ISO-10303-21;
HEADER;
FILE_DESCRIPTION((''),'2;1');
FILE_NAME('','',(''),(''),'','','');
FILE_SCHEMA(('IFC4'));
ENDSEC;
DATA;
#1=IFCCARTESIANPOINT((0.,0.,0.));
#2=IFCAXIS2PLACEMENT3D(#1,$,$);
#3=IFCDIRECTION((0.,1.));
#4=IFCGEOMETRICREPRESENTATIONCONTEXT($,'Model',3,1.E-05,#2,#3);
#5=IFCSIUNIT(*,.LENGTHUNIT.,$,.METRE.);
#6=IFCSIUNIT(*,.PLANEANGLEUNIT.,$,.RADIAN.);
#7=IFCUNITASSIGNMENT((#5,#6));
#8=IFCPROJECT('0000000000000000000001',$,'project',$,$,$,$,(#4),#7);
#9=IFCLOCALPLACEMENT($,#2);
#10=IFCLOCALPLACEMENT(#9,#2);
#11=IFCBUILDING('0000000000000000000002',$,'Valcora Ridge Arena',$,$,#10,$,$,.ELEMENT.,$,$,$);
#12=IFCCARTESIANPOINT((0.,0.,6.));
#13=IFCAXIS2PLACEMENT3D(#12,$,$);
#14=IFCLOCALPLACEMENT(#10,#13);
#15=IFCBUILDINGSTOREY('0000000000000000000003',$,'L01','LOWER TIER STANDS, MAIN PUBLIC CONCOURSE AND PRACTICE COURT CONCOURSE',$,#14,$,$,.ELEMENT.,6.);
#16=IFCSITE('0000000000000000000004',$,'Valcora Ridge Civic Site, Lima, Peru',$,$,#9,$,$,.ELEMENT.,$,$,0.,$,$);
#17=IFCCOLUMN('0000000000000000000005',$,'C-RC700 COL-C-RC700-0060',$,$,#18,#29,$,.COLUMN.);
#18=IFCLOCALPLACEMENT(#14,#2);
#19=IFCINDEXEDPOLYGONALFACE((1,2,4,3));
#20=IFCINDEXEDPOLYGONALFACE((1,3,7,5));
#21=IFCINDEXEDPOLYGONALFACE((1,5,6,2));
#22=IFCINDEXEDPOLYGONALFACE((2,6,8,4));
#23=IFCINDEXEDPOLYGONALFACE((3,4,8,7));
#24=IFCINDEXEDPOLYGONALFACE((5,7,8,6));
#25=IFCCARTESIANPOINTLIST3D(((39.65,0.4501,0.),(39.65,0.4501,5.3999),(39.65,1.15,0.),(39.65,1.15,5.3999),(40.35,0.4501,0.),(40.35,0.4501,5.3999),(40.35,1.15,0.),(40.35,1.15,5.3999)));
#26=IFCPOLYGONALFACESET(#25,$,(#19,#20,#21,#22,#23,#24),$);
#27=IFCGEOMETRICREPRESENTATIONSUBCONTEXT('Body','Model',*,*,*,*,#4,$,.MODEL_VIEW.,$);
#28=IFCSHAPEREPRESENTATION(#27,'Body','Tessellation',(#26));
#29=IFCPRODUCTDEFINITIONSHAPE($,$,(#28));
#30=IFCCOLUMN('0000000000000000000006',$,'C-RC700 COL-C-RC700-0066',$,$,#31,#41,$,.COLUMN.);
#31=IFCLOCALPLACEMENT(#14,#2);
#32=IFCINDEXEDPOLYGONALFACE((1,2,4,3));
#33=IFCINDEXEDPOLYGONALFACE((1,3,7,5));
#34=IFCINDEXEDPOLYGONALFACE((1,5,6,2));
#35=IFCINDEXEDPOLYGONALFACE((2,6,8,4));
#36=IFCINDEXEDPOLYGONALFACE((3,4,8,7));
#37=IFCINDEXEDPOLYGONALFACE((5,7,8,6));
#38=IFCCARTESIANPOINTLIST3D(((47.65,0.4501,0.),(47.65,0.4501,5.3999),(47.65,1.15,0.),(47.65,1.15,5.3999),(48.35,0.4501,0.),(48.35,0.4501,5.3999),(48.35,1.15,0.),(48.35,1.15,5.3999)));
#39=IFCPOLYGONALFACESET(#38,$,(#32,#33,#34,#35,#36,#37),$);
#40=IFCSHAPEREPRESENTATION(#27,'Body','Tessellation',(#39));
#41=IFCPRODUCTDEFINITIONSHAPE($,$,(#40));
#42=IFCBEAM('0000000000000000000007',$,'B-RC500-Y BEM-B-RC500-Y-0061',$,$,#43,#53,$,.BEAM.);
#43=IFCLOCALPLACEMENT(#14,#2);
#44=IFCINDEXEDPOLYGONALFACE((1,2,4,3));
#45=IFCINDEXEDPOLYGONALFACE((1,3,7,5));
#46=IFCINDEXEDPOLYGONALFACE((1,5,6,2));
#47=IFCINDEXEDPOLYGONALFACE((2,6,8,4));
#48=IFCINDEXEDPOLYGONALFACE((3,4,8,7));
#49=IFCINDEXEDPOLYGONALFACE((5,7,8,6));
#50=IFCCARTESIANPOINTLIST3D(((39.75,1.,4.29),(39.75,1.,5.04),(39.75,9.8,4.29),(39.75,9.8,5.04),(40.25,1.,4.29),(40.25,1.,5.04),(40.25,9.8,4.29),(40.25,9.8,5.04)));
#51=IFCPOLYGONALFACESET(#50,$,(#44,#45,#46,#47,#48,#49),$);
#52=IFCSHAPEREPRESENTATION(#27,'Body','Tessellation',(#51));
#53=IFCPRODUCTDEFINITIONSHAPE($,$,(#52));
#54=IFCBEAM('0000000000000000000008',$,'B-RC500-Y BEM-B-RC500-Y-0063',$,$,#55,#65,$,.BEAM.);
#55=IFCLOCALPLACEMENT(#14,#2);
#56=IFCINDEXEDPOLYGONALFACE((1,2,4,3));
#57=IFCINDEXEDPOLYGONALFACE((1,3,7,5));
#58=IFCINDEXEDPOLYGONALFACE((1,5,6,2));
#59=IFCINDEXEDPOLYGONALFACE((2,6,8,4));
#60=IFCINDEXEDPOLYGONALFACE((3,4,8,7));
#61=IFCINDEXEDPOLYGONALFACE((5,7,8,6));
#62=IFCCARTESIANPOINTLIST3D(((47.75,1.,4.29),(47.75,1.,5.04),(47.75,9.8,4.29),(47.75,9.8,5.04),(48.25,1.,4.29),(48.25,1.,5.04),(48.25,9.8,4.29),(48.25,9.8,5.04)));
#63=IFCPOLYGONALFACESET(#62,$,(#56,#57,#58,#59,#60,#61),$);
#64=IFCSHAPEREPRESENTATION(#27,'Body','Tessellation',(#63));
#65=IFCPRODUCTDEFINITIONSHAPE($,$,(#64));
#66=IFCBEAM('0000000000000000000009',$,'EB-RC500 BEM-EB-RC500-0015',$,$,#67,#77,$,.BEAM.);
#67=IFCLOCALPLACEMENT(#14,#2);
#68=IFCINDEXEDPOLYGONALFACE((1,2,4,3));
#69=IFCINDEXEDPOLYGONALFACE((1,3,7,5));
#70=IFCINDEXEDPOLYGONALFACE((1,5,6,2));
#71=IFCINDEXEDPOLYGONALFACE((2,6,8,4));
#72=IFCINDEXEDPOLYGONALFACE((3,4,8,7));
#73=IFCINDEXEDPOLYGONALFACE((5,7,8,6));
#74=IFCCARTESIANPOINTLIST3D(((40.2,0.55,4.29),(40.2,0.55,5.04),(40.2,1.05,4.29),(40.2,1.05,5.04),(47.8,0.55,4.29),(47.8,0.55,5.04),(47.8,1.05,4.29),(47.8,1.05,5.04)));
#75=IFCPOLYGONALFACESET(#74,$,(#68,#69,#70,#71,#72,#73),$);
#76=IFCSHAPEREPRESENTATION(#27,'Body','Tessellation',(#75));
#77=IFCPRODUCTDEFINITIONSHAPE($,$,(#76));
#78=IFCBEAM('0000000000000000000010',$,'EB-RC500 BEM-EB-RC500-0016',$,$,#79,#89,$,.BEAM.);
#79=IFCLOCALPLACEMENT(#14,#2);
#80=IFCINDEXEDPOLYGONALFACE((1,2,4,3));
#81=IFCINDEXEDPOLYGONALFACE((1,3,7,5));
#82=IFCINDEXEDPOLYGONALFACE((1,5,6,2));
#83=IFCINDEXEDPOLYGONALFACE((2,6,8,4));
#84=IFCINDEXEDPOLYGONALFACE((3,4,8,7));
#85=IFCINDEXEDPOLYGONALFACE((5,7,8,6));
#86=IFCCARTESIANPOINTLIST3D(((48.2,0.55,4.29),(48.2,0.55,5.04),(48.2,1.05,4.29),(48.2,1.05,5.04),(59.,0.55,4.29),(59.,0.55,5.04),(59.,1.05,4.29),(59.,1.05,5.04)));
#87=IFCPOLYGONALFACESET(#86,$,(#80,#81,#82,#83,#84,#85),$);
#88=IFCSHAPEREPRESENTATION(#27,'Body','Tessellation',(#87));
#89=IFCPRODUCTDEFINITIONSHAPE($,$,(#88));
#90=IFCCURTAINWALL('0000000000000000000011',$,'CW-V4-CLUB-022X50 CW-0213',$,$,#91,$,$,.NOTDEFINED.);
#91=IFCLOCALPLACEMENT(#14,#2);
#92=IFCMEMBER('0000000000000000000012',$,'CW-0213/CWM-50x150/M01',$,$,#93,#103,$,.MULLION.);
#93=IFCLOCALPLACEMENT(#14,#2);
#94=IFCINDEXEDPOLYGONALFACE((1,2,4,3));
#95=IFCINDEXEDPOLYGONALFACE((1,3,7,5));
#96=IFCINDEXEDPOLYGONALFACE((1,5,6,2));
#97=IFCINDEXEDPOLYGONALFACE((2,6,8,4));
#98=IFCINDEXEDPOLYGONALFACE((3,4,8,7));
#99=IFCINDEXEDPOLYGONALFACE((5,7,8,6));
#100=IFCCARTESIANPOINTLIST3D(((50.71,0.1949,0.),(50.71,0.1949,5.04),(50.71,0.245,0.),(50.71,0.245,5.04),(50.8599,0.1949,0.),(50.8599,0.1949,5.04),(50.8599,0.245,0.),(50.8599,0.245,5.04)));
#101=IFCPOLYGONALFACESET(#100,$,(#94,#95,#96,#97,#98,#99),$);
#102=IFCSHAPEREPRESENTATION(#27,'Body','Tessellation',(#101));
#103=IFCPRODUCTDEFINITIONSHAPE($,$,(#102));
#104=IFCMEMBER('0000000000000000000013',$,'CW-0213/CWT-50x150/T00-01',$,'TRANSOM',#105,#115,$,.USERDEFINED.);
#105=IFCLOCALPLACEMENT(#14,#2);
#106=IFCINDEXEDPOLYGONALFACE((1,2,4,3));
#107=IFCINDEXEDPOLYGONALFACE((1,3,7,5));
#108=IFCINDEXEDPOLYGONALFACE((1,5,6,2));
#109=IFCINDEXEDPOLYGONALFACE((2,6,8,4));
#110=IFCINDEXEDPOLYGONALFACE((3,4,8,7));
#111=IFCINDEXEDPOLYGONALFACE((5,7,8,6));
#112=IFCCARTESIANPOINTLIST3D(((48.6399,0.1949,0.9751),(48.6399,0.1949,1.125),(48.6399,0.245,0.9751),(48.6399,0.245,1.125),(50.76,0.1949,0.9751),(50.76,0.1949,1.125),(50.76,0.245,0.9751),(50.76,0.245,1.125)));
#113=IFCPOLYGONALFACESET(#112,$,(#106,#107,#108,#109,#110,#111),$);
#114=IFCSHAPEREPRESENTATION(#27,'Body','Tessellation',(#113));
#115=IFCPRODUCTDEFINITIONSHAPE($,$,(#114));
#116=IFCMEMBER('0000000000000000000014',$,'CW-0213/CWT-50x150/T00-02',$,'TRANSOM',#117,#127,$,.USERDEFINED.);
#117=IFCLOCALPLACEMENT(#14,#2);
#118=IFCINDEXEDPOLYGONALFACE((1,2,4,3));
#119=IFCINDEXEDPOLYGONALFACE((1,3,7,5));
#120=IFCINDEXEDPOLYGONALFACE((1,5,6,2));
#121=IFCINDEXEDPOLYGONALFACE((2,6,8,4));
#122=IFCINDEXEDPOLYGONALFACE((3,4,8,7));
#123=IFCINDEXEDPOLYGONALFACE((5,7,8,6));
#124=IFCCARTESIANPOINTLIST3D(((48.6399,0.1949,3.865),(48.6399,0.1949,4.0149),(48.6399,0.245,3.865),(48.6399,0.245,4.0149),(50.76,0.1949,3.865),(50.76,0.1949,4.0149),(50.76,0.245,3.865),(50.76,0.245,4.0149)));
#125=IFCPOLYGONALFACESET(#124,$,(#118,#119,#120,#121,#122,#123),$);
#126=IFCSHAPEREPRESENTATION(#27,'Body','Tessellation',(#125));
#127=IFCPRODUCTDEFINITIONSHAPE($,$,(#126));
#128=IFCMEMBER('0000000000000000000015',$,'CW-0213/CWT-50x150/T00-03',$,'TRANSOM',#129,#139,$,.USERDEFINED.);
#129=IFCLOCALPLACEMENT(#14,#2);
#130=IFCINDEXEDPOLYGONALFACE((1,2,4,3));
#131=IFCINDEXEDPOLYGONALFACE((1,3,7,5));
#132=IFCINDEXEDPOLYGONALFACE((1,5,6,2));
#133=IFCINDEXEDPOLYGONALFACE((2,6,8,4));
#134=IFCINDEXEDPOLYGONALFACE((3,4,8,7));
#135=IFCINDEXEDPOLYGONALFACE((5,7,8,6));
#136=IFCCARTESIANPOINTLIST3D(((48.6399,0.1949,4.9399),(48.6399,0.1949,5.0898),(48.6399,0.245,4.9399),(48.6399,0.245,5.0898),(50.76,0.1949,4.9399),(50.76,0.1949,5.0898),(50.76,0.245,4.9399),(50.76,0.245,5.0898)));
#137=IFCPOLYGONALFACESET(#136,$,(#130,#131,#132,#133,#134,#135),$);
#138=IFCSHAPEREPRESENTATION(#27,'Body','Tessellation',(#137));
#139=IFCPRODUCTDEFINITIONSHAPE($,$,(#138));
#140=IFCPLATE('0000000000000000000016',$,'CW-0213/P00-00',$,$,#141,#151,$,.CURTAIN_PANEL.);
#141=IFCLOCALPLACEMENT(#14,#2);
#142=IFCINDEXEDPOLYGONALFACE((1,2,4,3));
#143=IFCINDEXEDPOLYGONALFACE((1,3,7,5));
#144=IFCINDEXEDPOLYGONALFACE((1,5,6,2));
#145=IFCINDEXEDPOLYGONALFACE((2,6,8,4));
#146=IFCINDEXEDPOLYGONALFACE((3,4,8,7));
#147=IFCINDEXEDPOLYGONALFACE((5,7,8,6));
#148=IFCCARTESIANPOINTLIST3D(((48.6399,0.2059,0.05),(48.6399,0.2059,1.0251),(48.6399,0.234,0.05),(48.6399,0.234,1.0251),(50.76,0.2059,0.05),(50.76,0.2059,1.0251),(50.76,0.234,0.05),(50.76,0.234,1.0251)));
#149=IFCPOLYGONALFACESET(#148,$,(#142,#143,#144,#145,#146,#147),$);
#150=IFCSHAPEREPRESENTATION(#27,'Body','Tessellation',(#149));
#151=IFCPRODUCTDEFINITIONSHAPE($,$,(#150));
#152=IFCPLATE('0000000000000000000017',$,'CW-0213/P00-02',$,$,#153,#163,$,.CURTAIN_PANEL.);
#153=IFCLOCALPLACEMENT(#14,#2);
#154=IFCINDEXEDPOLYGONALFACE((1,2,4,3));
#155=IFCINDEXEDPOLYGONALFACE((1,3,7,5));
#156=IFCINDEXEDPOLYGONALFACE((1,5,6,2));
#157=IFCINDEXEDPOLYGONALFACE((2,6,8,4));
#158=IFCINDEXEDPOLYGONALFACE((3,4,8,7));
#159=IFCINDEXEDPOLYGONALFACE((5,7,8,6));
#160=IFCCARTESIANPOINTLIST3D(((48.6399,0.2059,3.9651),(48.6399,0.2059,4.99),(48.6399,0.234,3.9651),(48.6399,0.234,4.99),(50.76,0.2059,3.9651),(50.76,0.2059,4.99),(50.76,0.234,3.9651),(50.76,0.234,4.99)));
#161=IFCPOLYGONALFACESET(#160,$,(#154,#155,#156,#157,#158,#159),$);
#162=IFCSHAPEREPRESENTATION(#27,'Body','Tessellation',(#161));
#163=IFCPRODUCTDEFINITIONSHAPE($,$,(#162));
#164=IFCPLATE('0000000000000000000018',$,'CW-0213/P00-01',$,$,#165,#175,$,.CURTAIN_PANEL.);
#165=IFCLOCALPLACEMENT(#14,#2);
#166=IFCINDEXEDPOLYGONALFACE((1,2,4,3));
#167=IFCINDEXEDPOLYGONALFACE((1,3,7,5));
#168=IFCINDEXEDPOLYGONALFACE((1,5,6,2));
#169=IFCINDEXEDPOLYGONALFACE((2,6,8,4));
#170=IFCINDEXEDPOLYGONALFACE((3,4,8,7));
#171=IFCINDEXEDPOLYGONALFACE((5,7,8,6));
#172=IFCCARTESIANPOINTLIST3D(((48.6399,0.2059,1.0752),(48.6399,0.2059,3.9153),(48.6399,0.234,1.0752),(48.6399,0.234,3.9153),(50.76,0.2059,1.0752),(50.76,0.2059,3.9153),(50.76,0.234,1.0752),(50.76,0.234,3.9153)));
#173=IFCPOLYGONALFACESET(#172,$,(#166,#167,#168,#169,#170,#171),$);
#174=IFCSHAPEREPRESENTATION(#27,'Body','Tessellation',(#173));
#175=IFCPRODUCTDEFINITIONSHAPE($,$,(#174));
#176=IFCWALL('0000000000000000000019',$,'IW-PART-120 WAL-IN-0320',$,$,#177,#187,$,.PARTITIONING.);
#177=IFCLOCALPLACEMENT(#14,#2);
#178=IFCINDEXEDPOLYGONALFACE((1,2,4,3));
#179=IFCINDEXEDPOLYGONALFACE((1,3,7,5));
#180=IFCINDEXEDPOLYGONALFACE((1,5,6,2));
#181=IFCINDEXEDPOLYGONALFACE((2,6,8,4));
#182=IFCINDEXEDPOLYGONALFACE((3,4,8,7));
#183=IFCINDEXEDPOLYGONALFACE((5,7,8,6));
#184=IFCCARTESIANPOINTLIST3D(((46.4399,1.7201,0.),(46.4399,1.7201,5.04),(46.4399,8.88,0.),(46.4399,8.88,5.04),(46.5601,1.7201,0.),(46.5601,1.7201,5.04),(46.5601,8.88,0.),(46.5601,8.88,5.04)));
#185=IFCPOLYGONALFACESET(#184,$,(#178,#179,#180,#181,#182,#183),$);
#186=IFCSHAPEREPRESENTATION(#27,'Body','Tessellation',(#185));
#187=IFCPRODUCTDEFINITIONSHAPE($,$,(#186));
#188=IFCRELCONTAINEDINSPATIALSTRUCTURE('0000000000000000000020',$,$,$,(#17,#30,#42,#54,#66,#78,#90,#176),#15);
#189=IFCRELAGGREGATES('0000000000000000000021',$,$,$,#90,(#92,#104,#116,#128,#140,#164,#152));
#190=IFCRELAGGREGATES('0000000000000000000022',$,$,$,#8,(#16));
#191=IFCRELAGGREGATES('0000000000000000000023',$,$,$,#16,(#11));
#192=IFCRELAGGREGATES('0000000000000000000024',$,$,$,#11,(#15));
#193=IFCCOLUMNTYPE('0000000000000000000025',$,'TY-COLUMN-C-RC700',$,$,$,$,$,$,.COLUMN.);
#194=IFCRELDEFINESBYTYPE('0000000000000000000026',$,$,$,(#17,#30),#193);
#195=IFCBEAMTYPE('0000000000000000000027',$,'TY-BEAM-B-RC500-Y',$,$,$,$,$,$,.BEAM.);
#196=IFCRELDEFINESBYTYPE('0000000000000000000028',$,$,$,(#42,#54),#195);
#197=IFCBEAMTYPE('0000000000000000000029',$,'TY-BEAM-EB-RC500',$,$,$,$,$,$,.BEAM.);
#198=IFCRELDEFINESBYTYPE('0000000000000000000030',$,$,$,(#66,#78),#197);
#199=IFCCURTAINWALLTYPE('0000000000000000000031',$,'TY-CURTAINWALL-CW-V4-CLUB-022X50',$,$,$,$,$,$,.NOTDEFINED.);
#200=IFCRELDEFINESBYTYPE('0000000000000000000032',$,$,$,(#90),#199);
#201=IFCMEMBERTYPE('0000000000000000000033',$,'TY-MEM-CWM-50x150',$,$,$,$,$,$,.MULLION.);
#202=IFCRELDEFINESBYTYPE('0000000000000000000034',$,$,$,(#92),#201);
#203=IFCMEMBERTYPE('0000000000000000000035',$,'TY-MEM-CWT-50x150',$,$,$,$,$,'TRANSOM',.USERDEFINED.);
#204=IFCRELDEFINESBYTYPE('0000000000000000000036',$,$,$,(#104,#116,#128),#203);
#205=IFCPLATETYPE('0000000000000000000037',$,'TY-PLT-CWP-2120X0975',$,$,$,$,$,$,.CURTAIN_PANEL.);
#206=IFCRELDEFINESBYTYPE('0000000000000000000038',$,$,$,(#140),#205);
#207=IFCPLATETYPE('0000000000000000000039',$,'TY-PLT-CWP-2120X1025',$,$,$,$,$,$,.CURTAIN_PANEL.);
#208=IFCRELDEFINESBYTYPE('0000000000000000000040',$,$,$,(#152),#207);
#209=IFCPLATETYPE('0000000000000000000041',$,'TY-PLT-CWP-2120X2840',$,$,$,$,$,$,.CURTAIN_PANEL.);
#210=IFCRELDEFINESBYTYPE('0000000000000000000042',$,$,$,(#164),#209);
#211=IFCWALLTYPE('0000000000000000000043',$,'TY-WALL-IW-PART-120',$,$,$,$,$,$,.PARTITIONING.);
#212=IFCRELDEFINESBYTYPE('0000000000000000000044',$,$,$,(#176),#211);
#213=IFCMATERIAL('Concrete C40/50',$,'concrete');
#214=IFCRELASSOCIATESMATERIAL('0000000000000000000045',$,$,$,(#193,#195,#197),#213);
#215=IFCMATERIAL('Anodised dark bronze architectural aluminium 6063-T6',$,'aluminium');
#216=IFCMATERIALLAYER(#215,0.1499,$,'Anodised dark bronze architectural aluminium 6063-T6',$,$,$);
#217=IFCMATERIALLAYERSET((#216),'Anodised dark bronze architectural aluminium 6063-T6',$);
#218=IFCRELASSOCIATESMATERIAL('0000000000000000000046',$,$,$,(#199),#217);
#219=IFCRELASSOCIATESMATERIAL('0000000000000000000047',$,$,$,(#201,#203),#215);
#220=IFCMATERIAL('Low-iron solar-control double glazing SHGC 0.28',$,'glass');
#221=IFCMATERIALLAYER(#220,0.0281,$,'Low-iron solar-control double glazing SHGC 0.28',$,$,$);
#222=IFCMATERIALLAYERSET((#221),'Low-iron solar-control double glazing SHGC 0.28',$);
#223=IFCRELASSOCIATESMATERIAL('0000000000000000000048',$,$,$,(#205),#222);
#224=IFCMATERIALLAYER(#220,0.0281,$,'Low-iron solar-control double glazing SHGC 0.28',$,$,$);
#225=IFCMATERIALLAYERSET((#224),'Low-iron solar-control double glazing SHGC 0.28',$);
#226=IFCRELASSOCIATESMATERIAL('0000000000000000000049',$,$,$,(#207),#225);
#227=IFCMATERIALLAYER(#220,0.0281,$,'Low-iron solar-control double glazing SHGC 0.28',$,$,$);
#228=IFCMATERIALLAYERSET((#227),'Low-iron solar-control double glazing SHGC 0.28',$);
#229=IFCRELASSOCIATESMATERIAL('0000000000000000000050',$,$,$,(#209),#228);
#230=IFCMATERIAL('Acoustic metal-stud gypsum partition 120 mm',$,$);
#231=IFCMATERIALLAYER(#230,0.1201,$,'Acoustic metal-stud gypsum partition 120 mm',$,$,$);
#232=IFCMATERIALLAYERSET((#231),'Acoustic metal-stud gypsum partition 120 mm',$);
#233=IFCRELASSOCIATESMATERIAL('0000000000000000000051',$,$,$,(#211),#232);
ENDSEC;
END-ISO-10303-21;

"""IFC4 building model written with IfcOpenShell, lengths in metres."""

from ifc_helpers import new_model, si_unit, direction, frame, frame_2d, origin, origin_2d, place, context, subcontext, project, spatial, rectangle, extrude, material, layer, layer_set, material_profile, profile_set, type_object, element, aggregate, save


model = new_model("IFC4")

# Units and contexts
model_context = context("Model", 3, precision=1e-05, world=origin(), true_north=direction((0.0, 1.0)))
body_context = subcontext(model_context, "Body", "Model", "MODEL_VIEW")
ifc_project = project(units=[si_unit("LENGTHUNIT", "METRE"), si_unit("PLANEANGLEUNIT", "RADIAN")], contexts=[model_context])

# Site, building, storey
site_placement = place(None, origin())
site = spatial("IfcSite", under=ifc_project, at=site_placement, Name="Valcora Ridge Civic Site, Lima, Peru", CompositionType="ELEMENT", RefElevation=0.0)
building_placement = place(site_placement, origin())
building = spatial("IfcBuilding", under=site, at=building_placement, Name="Valcora Ridge Arena", CompositionType="ELEMENT")
storey_placement = place(building_placement, frame((0.0, 0.0, 6.0)))
storey = spatial("IfcBuildingStorey", under=building, at=storey_placement, Name="L01", Description="LOWER TIER STANDS, MAIN PUBLIC CONCOURSE AND PRACTICE COURT CONCOURSE", CompositionType="ELEMENT", Elevation=6.0)

# Columns
ifc_material_1 = material(Name="Concrete C40/50", Category="concrete")
ifc_material_profile_1 = material_profile(ifc_material_1, rectangle(XDim=0.7, YDim=0.7, at=origin_2d()), Name="RC 700x700")
ifc_profile_set_1 = profile_set([ifc_material_profile_1], Name="Concrete C40/50")
column_type = type_object("IfcColumnType", Name="TY-COLUMN-C-RC700", PredefinedType="COLUMN", material=ifc_profile_set_1)
for number, where, z_axis, x_axis, name in (
    (1, (40.0, 0.8, 0.0), (0.0, 0.0, 1.0), (1.0, 0.0, 0.0), "C-RC700 COL-C-RC700-0060"),
    (2, (48.0, 0.8, 0.0), (0.0, 0.0, 1.0), (1.0, 0.0, 0.0), "C-RC700 COL-C-RC700-0066"),
):
    element("IfcColumn", number, at=place(storey_placement, frame(where, z_axis=z_axis, x_axis=x_axis)), inside=storey, type_object=column_type, Name=name, PredefinedType="COLUMN", context=body_context, shape_type="SweptSolid", body=[
        extrude(rectangle(XDim=0.7, YDim=0.7, at=origin_2d()), origin(), (0.0, 0.0, 1.0), 5.3999),
    ])

# Beams
ifc_material_profile_2 = material_profile(ifc_material_1, rectangle(XDim=0.5, YDim=0.75, at=origin_2d()), Name="RC 500x750")
ifc_profile_set_2 = profile_set([ifc_material_profile_2], Name="Concrete C40/50")
beam_type_1 = type_object("IfcBeamType", Name="TY-BEAM-B-RC500-Y", PredefinedType="BEAM", material=ifc_profile_set_2)
for number, where, z_axis, x_axis, name in (
    (3, (40.0, 1.0, 4.665), (0.0, 1.0, 0.0), (-1.0, 0.0, 0.0), "B-RC500-Y BEM-B-RC500-Y-0061"),
    (4, (48.0, 1.0, 4.665), (0.0, 1.0, 0.0), (-1.0, 0.0, 0.0), "B-RC500-Y BEM-B-RC500-Y-0063"),
):
    element("IfcBeam", number, at=place(storey_placement, frame(where, z_axis=z_axis, x_axis=x_axis)), inside=storey, type_object=beam_type_1, Name=name, PredefinedType="BEAM", context=body_context, shape_type="SweptSolid", body=[
        extrude(rectangle(XDim=0.5, YDim=0.75, at=origin_2d()), origin(), (0.0, 0.0, 1.0), 8.8),
    ])
ifc_material_profile_3 = material_profile(ifc_material_1, rectangle(XDim=0.5, YDim=0.75, at=origin_2d()), Name="RC 500x750")
ifc_profile_set_3 = profile_set([ifc_material_profile_3], Name="Concrete C40/50")
beam_type_2 = type_object("IfcBeamType", Name="TY-BEAM-EB-RC500", PredefinedType="BEAM", material=ifc_profile_set_3)
beam_1_placement = place(storey_placement, frame((40.2, 0.8, 4.665), z_axis=(1.0, 0.0, 0.0), x_axis=(0.0, 1.0, 0.0)))
element("IfcBeam", 5, at=beam_1_placement, inside=storey, type_object=beam_type_2, Name="EB-RC500 BEM-EB-RC500-0015", PredefinedType="BEAM", context=body_context, shape_type="SweptSolid", body=[
    extrude(rectangle(XDim=0.5, YDim=0.75, at=origin_2d()), origin(), (0.0, 0.0, 1.0), 7.6001),
])
beam_2_placement = place(storey_placement, frame((48.2, 0.8, 4.665), z_axis=(1.0, 0.0, 0.0), x_axis=(0.0, 1.0, 0.0)))
element("IfcBeam", 6, at=beam_2_placement, inside=storey, type_object=beam_type_2, Name="EB-RC500 BEM-EB-RC500-0016", PredefinedType="BEAM", context=body_context, shape_type="SweptSolid", body=[
    extrude(rectangle(XDim=0.5, YDim=0.75, at=origin_2d()), origin(), (0.0, 0.0, 1.0), 10.8),
])

# Curtain wall, members, plates
ifc_material_2 = material(Name="Anodised dark bronze architectural aluminium 6063-T6", Category="aluminium")
ifc_layer_1 = layer(ifc_material_2, 0.1499, Name="Anodised dark bronze architectural aluminium 6063-T6")
ifc_layer_set_1 = layer_set([ifc_layer_1], Name="Anodised dark bronze architectural aluminium 6063-T6")
curtain_wall_type = type_object("IfcCurtainWallType", Name="TY-CURTAINWALL-CW-V4-CLUB-022X50", PredefinedType="NOTDEFINED", material=ifc_layer_set_1)
curtain_wall_placement = place(storey_placement, origin())
curtain_wall = element("IfcCurtainWall", 7, at=curtain_wall_placement, inside=storey, type_object=curtain_wall_type, Name="CW-V4-CLUB-022X50 CW-0213", PredefinedType="NOTDEFINED")
ifc_material_profile_4 = material_profile(ifc_material_2, rectangle(XDim=0.05, YDim=0.1499, at=origin_2d()), Name="ALU MULLION 50x150")
ifc_profile_set_4 = profile_set([ifc_material_profile_4], Name="Anodised dark bronze architectural aluminium 6063-T6")
member_type_1 = type_object("IfcMemberType", Name="TY-MEM-CWM-50x150", PredefinedType="MULLION", material=ifc_profile_set_4)
member_1_placement = place(storey_placement, frame((50.7849, 0.22, 0.0), z_axis=(0.0, 0.0, 1.0), x_axis=(0.0, 1.0, 0.0)))
member_1 = element("IfcMember", 8, at=member_1_placement, type_object=member_type_1, Name="CW-0213/CWM-50x150/M01", PredefinedType="MULLION", context=body_context, shape_type="SweptSolid", body=[
    extrude(rectangle(XDim=0.05, YDim=0.1499, at=origin_2d()), origin(), (0.0, 0.0, 1.0), 5.04),
])
ifc_material_profile_5 = material_profile(ifc_material_2, rectangle(XDim=0.05, YDim=0.1499, at=origin_2d()), Name="ALU TRANSOM 50x150")
ifc_profile_set_5 = profile_set([ifc_material_profile_5], Name="Anodised dark bronze architectural aluminium 6063-T6")
member_type_2 = type_object("IfcMemberType", Name="TY-MEM-CWT-50x150", ElementType="TRANSOM", PredefinedType="USERDEFINED", material=ifc_profile_set_5)
member_2_placement = place(storey_placement, frame((48.6399, 0.22, 1.05), z_axis=(1.0, 0.0, 0.0), x_axis=(0.0, 1.0, 0.0)))
member_2 = element("IfcMember", 9, at=member_2_placement, type_object=member_type_2, Name="CW-0213/CWT-50x150/T00-01", ObjectType="TRANSOM", PredefinedType="USERDEFINED", context=body_context, shape_type="SweptSolid", body=[
    extrude(rectangle(XDim=0.05, YDim=0.1499, at=origin_2d()), origin(), (0.0, 0.0, 1.0), 2.1201),
])
member_3_placement = place(storey_placement, frame((48.6399, 0.22, 3.9399), z_axis=(1.0, 0.0, 0.0), x_axis=(0.0, 1.0, 0.0)))
member_3 = element("IfcMember", 10, at=member_3_placement, type_object=member_type_2, Name="CW-0213/CWT-50x150/T00-02", ObjectType="TRANSOM", PredefinedType="USERDEFINED", context=body_context, shape_type="SweptSolid", body=[
    extrude(rectangle(XDim=0.05, YDim=0.1499, at=origin_2d()), origin(), (0.0, 0.0, 1.0), 2.1201),
])
member_4_placement = place(storey_placement, frame((48.6399, 0.22, 5.0149), z_axis=(1.0, 0.0, 0.0), x_axis=(0.0, 1.0, 0.0)))
member_4 = element("IfcMember", 11, at=member_4_placement, type_object=member_type_2, Name="CW-0213/CWT-50x150/T00-03", ObjectType="TRANSOM", PredefinedType="USERDEFINED", context=body_context, shape_type="SweptSolid", body=[
    extrude(rectangle(XDim=0.05, YDim=0.1499, at=origin_2d()), origin(), (0.0, 0.0, 1.0), 2.1201),
])
ifc_material_3 = material(Name="Low-iron solar-control double glazing SHGC 0.28", Category="glass")
ifc_layer_2 = layer(ifc_material_3, 0.0281, Name="Low-iron solar-control double glazing SHGC 0.28")
ifc_layer_set_2 = layer_set([ifc_layer_2], Name="Low-iron solar-control double glazing SHGC 0.28")
plate_type_1 = type_object("IfcPlateType", Name="TY-PLT-CWP-2120X0975", PredefinedType="CURTAIN_PANEL", material=ifc_layer_set_2)
plate_1_placement = place(storey_placement, frame((49.7, 0.22, 0.05), z_axis=(0.0, 0.0, 1.0), x_axis=(1.0, 0.0, 0.0)))
plate_1 = element("IfcPlate", 12, at=plate_1_placement, type_object=plate_type_1, Name="CW-0213/P00-00", PredefinedType="CURTAIN_PANEL", context=body_context, shape_type="SweptSolid", body=[
    extrude(rectangle(XDim=2.1201, YDim=0.0281, at=origin_2d()), origin(), (0.0, 0.0, 1.0), 0.9751),
])
ifc_layer_3 = layer(ifc_material_3, 0.0281, Name="Low-iron solar-control double glazing SHGC 0.28")
ifc_layer_set_3 = layer_set([ifc_layer_3], Name="Low-iron solar-control double glazing SHGC 0.28")
plate_type_2 = type_object("IfcPlateType", Name="TY-PLT-CWP-2120X1025", PredefinedType="CURTAIN_PANEL", material=ifc_layer_set_3)
plate_2_placement = place(storey_placement, frame((49.7, 0.22, 3.9651), z_axis=(0.0, 0.0, 1.0), x_axis=(1.0, 0.0, 0.0)))
plate_2 = element("IfcPlate", 13, at=plate_2_placement, type_object=plate_type_2, Name="CW-0213/P00-02", PredefinedType="CURTAIN_PANEL", context=body_context, shape_type="SweptSolid", body=[
    extrude(rectangle(XDim=2.1201, YDim=0.0281, at=origin_2d()), origin(), (0.0, 0.0, 1.0), 1.0249),
])
ifc_layer_4 = layer(ifc_material_3, 0.0281, Name="Low-iron solar-control double glazing SHGC 0.28")
ifc_layer_set_4 = layer_set([ifc_layer_4], Name="Low-iron solar-control double glazing SHGC 0.28")
plate_type_3 = type_object("IfcPlateType", Name="TY-PLT-CWP-2120X2840", PredefinedType="CURTAIN_PANEL", material=ifc_layer_set_4)
plate_3_placement = place(storey_placement, frame((49.7, 0.22, 1.0752), z_axis=(0.0, 0.0, 1.0), x_axis=(1.0, 0.0, 0.0)))
plate_3 = element("IfcPlate", 14, at=plate_3_placement, type_object=plate_type_3, Name="CW-0213/P00-01", PredefinedType="CURTAIN_PANEL", context=body_context, shape_type="SweptSolid", body=[
    extrude(rectangle(XDim=2.1201, YDim=0.0281, at=origin_2d()), origin(), (0.0, 0.0, 1.0), 2.8401),
])
aggregate(curtain_wall, [member_1, member_2, member_3, member_4, plate_1, plate_3, plate_2])

# Wall
ifc_material_4 = material(Name="Acoustic metal-stud gypsum partition 120 mm")
ifc_layer_5 = layer(ifc_material_4, 0.1201, Name="Acoustic metal-stud gypsum partition 120 mm")
ifc_layer_set_5 = layer_set([ifc_layer_5], Name="Acoustic metal-stud gypsum partition 120 mm")
wall_type_1 = type_object("IfcWallType", Name="TY-WALL-IW-PART-120", PredefinedType="PARTITIONING", material=ifc_layer_set_5)
wall_1_placement = place(storey_placement, frame((46.5, 1.72, 0.0), z_axis=(0.0, 0.0, 1.0), x_axis=(0.0, 1.0, 0.0)))
element("IfcWall", 15, at=wall_1_placement, inside=storey, type_object=wall_type_1, Name="IW-PART-120 WAL-IN-0320", PredefinedType="PARTITIONING", context=body_context, shape_type="SweptSolid", body=[
    extrude(rectangle(XDim=7.1599, YDim=0.1201, at=frame_2d((3.5801, 0.0))), origin(), (0.0, 0.0, 1.0), 5.04),
])

save(model, "model.ifc")
